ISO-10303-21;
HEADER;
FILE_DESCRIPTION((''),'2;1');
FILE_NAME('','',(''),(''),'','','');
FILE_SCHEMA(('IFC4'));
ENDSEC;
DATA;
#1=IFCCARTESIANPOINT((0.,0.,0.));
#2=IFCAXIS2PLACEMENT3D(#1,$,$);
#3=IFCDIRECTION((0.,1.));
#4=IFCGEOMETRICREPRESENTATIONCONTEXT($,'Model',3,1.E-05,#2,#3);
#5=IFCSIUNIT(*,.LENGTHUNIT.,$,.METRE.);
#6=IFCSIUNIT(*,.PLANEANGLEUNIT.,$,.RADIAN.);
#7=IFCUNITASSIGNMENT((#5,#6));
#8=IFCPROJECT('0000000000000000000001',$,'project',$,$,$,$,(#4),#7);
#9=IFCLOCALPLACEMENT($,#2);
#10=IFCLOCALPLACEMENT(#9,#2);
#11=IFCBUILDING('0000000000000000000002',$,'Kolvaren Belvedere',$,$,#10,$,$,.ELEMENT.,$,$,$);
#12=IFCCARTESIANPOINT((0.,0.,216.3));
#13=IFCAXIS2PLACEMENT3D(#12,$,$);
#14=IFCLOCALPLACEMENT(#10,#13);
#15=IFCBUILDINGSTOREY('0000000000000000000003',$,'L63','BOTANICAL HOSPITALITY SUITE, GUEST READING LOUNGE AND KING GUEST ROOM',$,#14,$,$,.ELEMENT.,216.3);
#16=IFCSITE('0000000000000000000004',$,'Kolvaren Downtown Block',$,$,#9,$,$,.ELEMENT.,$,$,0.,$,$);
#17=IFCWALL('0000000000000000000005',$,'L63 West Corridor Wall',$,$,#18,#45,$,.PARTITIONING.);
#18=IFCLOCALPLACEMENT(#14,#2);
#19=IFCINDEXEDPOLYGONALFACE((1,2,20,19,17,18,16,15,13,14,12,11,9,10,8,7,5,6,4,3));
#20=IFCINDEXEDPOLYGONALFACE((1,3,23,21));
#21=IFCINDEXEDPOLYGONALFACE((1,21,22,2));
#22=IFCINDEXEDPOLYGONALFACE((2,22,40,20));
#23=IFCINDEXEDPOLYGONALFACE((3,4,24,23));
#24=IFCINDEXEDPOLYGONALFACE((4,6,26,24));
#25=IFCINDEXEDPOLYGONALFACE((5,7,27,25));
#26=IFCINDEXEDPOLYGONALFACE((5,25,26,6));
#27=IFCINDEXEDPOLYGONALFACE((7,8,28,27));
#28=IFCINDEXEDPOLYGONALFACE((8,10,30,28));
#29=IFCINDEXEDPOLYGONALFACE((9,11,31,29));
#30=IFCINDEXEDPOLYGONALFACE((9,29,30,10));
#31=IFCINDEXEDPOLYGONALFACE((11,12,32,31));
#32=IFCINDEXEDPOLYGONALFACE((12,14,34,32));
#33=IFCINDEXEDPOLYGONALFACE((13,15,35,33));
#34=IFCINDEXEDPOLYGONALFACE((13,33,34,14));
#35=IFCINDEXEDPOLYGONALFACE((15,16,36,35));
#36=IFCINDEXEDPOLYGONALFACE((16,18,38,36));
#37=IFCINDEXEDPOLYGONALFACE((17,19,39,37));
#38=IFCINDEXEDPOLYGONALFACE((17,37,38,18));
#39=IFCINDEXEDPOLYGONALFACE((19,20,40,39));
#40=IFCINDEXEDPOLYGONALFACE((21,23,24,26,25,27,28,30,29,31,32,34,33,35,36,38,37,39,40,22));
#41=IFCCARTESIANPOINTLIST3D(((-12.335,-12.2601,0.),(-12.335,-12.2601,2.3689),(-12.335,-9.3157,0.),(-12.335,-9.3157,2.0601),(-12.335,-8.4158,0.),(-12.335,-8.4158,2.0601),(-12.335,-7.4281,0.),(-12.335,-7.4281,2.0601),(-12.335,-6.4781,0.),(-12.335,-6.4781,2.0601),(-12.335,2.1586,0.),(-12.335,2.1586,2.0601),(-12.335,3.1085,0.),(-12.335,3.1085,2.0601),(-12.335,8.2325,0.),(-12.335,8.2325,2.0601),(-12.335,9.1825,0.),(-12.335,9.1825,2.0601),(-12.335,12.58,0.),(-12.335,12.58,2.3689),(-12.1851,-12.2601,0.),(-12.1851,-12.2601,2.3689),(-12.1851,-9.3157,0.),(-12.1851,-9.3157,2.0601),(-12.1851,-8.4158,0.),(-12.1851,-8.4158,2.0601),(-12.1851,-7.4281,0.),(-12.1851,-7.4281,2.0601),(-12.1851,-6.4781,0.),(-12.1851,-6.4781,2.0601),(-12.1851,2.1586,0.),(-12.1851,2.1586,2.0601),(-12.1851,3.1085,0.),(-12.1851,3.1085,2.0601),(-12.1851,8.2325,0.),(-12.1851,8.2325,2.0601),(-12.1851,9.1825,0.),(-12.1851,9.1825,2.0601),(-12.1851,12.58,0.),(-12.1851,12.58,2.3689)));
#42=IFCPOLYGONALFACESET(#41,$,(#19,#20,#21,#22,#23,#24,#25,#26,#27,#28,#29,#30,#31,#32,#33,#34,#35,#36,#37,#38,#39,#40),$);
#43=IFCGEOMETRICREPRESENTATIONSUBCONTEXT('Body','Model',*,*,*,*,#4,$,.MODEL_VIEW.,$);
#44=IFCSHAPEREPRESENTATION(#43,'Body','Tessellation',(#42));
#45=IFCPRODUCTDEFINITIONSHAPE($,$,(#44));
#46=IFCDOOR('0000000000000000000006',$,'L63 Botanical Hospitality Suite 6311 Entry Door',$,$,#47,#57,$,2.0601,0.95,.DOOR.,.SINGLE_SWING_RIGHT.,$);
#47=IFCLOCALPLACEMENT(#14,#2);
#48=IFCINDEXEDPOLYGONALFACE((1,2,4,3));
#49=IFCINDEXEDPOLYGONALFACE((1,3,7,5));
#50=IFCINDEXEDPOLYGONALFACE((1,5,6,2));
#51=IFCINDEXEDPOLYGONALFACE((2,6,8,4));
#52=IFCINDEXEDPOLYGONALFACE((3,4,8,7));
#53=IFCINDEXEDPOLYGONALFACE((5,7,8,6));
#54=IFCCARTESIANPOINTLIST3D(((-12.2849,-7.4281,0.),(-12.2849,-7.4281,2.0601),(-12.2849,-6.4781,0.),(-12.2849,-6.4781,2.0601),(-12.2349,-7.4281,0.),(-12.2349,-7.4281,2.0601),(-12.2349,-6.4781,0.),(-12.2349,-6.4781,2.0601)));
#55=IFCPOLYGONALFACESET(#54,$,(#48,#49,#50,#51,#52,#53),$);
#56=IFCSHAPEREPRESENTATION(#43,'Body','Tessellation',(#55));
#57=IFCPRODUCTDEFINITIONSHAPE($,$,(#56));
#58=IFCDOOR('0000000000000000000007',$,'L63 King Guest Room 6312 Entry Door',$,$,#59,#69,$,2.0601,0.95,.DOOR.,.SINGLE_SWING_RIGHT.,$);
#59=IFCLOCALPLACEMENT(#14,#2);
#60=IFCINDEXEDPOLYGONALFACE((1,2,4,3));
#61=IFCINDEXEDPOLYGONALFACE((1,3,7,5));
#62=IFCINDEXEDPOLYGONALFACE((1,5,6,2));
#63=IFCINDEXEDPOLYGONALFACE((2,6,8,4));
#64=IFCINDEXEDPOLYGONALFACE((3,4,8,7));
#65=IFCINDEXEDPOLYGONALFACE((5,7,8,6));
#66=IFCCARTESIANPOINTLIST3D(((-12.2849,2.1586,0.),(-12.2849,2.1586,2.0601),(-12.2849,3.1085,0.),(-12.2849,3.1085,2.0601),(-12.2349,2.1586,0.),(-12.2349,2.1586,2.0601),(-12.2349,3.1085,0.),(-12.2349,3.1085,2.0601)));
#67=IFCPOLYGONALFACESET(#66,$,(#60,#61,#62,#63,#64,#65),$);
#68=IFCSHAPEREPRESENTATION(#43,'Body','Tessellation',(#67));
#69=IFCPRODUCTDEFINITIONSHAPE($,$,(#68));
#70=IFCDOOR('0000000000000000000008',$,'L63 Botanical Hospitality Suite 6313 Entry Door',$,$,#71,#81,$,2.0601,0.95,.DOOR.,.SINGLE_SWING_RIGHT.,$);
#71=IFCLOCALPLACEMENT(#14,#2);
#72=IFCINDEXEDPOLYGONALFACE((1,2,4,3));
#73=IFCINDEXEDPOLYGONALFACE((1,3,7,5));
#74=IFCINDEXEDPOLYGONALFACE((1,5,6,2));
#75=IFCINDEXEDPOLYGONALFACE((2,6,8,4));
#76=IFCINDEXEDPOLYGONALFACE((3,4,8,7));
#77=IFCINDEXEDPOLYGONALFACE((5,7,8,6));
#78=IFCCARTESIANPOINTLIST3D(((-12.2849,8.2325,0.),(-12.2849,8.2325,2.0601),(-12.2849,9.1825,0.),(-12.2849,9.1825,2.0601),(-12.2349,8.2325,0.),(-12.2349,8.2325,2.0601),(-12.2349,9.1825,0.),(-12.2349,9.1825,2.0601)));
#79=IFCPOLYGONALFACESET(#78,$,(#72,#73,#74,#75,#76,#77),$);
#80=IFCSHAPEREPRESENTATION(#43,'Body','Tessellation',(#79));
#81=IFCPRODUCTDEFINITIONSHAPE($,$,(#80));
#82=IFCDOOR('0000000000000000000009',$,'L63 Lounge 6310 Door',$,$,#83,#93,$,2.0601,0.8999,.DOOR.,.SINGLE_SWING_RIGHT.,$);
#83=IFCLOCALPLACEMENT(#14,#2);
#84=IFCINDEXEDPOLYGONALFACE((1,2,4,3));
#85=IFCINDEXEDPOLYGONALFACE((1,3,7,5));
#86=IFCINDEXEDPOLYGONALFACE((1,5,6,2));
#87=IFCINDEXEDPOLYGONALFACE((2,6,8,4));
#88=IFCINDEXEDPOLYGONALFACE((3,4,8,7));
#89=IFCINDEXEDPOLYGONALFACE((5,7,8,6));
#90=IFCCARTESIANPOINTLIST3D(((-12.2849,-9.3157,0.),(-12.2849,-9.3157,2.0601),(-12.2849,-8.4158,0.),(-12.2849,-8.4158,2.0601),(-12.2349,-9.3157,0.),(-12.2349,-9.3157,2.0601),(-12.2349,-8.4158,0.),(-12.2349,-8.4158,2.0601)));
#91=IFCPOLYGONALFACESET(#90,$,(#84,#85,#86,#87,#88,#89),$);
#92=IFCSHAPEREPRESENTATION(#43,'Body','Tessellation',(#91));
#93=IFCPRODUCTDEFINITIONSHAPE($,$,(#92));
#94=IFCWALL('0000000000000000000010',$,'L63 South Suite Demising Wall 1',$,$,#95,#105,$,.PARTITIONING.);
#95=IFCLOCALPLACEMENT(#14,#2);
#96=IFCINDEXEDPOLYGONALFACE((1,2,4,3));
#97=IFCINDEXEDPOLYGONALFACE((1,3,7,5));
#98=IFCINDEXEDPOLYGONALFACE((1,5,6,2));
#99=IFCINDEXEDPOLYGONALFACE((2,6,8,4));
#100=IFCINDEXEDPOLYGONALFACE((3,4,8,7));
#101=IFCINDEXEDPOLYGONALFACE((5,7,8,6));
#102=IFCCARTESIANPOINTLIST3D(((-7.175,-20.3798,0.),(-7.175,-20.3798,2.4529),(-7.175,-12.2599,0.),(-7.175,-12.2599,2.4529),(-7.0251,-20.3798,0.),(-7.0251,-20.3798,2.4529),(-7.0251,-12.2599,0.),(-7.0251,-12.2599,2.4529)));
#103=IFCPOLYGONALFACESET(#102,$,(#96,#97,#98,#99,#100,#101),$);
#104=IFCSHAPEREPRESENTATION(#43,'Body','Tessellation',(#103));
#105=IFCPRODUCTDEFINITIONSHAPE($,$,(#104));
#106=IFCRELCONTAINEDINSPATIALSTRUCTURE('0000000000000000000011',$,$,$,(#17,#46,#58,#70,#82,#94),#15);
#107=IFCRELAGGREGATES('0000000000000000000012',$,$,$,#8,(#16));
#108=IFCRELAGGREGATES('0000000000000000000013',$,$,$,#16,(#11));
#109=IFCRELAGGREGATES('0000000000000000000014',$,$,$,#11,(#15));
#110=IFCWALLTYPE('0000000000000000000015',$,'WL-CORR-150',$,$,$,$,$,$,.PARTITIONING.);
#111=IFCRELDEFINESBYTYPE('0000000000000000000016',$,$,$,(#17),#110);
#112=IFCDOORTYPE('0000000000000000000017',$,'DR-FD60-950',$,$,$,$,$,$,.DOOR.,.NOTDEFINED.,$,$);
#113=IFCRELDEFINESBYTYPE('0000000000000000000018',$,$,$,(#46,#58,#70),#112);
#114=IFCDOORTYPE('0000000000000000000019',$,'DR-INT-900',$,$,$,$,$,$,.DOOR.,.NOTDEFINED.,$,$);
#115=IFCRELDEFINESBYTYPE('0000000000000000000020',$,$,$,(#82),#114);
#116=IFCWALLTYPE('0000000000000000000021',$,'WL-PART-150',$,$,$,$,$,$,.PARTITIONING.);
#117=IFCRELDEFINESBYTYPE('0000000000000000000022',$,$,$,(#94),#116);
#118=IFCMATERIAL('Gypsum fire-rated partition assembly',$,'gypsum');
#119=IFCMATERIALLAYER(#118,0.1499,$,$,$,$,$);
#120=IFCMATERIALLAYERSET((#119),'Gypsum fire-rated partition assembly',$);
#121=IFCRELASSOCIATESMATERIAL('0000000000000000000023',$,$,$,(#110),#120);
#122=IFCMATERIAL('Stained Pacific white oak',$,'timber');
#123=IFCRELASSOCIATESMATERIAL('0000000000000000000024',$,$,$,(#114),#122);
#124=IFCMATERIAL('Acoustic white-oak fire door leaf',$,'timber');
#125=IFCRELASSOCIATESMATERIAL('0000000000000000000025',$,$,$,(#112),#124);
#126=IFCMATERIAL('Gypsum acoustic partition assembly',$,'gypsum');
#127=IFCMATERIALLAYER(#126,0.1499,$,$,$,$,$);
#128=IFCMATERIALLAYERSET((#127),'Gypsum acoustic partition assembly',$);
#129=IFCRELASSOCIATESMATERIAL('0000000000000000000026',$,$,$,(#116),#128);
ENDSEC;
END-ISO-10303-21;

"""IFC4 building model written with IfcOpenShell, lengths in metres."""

from ifc_helpers import new_model, si_unit, direction, frame, frame_2d, origin, place, context, subcontext, project, spatial, rectangle, extrude, material, layer, layer_set, type_object, element, fill, save


model = new_model("IFC4")

# Units and contexts
model_context = context("Model", 3, precision=1e-05, world=origin(), true_north=direction((0.0, 1.0)))
body_context = subcontext(model_context, "Body", "Model", "MODEL_VIEW")
ifc_project = project(units=[si_unit("LENGTHUNIT", "METRE"), si_unit("PLANEANGLEUNIT", "RADIAN")], contexts=[model_context])

# Site, building, storey
site_placement = place(None, origin())
site = spatial("IfcSite", under=ifc_project, at=site_placement, Name="Kolvaren Downtown Block", CompositionType="ELEMENT", RefElevation=0.0)
building_placement = place(site_placement, origin())
building = spatial("IfcBuilding", under=site, at=building_placement, Name="Kolvaren Belvedere", CompositionType="ELEMENT")
storey_placement = place(building_placement, frame((0.0, 0.0, 216.3)))
storey = spatial("IfcBuildingStorey", under=building, at=storey_placement, Name="L63", Description="BOTANICAL HOSPITALITY SUITE, GUEST READING LOUNGE AND KING GUEST ROOM", CompositionType="ELEMENT", Elevation=216.3)

# Wall, openings, doors
ifc_material_1 = material(Name="Gypsum fire-rated partition assembly", Category="gypsum")
ifc_layer_1 = layer(ifc_material_1, 0.1499)
ifc_layer_set_1 = layer_set([ifc_layer_1], Name="Gypsum fire-rated partition assembly")
wall_type_1 = type_object("IfcWallType", Name="WL-CORR-150", PredefinedType="PARTITIONING", material=ifc_layer_set_1)
ifc_material_2 = material(Name="Stained Pacific white oak", Category="timber")
door_type_1 = type_object("IfcDoorType", Name="DR-INT-900", OperationType="NOTDEFINED", PredefinedType="DOOR", material=ifc_material_2)
wall_1_placement = place(storey_placement, frame((-12.26, -12.26, 0.0), z_axis=(0.0, 0.0, 1.0), x_axis=(0.0, 1.0, 0.0)))
wall_1 = element("IfcWall", 1, at=wall_1_placement, inside=storey, type_object=wall_type_1, Name="L63 West Corridor Wall", PredefinedType="PARTITIONING", context=body_context, shape_type="SweptSolid", body=[
    extrude(rectangle(XDim=24.8401, YDim=0.1499, at=frame_2d((12.4199, 0.0))), origin(), (0.0, 0.0, 1.0), 2.3689),
])
opening_1_placement = place(wall_1_placement, frame((2.9443, 0.0, 0.0)))
opening_1 = element("IfcOpeningElement", 2, at=opening_1_placement, cuts=wall_1, PredefinedType="OPENING", context=body_context, shape_type="SweptSolid", body=[
    extrude(rectangle(XDim=0.8999, YDim=2.0601, at=frame_2d((0.45, 1.03))), frame((0.0, 0.085, 0.0), z_axis=(0.0, -1.0, 0.0), x_axis=(1.0, 0.0, 0.0)), (0.0, 0.0, 1.0), 0.1699),
])
opening_2_placement = place(wall_1_placement, frame((4.8318, 0.0, 0.0)))
opening_2 = element("IfcOpeningElement", 3, at=opening_2_placement, cuts=wall_1, PredefinedType="OPENING", context=body_context, shape_type="SweptSolid", body=[
    extrude(rectangle(XDim=0.95, YDim=2.0601, at=frame_2d((0.4751, 1.03))), frame((0.0, 0.085, 0.0), z_axis=(0.0, -1.0, 0.0), x_axis=(1.0, 0.0, 0.0)), (0.0, 0.0, 1.0), 0.1699),
])
opening_3_placement = place(wall_1_placement, frame((14.4185, 0.0, 0.0)))
opening_3 = element("IfcOpeningElement", 4, at=opening_3_placement, cuts=wall_1, PredefinedType="OPENING", context=body_context, shape_type="SweptSolid", body=[
    extrude(rectangle(XDim=0.95, YDim=2.0601, at=frame_2d((0.4751, 1.03))), frame((0.0, 0.085, 0.0), z_axis=(0.0, -1.0, 0.0), x_axis=(1.0, 0.0, 0.0)), (0.0, 0.0, 1.0), 0.1699),
])
opening_4_placement = place(wall_1_placement, frame((20.4924, 0.0, 0.0)))
opening_4 = element("IfcOpeningElement", 5, at=opening_4_placement, cuts=wall_1, PredefinedType="OPENING", context=body_context, shape_type="SweptSolid", body=[
    extrude(rectangle(XDim=0.95, YDim=2.0601, at=frame_2d((0.4751, 1.03))), frame((0.0, 0.085, 0.0), z_axis=(0.0, -1.0, 0.0), x_axis=(1.0, 0.0, 0.0)), (0.0, 0.0, 1.0), 0.1699),
])
ifc_material_3 = material(Name="Acoustic white-oak fire door leaf", Category="timber")
door_type_2 = type_object("IfcDoorType", Name="DR-FD60-950", OperationType="NOTDEFINED", PredefinedType="DOOR", material=ifc_material_3)
door_1_placement = place(opening_2_placement, origin())
door_1 = element("IfcDoor", 6, at=door_1_placement, inside=storey, type_object=door_type_2, Name="L63 Botanical Hospitality Suite 6311 Entry Door", OperationType="SINGLE_SWING_RIGHT", OverallHeight=2.0601, OverallWidth=0.95, PredefinedType="DOOR", context=body_context, shape_type="SweptSolid", body=[
    extrude(rectangle(XDim=0.95, YDim=2.0601, at=frame_2d((0.4751, 1.03))), frame((0.0, 0.0249, 0.0), z_axis=(0.0, -1.0, 0.0), x_axis=(1.0, 0.0, 0.0)), (0.0, 0.0, 1.0), 0.05),
])
fill(opening_2, door_1)
door_2_placement = place(opening_3_placement, origin())
door_2 = element("IfcDoor", 7, at=door_2_placement, inside=storey, type_object=door_type_2, Name="L63 King Guest Room 6312 Entry Door", OperationType="SINGLE_SWING_RIGHT", OverallHeight=2.0601, OverallWidth=0.95, PredefinedType="DOOR", context=body_context, shape_type="SweptSolid", body=[
    extrude(rectangle(XDim=0.95, YDim=2.0601, at=frame_2d((0.4751, 1.03))), frame((0.0, 0.0249, 0.0), z_axis=(0.0, -1.0, 0.0), x_axis=(1.0, 0.0, 0.0)), (0.0, 0.0, 1.0), 0.05),
])
fill(opening_3, door_2)
door_3_placement = place(opening_4_placement, origin())
door_3 = element("IfcDoor", 8, at=door_3_placement, inside=storey, type_object=door_type_2, Name="L63 Botanical Hospitality Suite 6313 Entry Door", OperationType="SINGLE_SWING_RIGHT", OverallHeight=2.0601, OverallWidth=0.95, PredefinedType="DOOR", context=body_context, shape_type="SweptSolid", body=[
    extrude(rectangle(XDim=0.95, YDim=2.0601, at=frame_2d((0.4751, 1.03))), frame((0.0, 0.0249, 0.0), z_axis=(0.0, -1.0, 0.0), x_axis=(1.0, 0.0, 0.0)), (0.0, 0.0, 1.0), 0.05),
])
fill(opening_4, door_3)
door_4_placement = place(opening_1_placement, origin())
door_4 = element("IfcDoor", 9, at=door_4_placement, inside=storey, type_object=door_type_1, Name="L63 Lounge 6310 Door", OperationType="SINGLE_SWING_RIGHT", OverallHeight=2.0601, OverallWidth=0.8999, PredefinedType="DOOR", context=body_context, shape_type="SweptSolid", body=[
    extrude(rectangle(XDim=0.8999, YDim=2.0601, at=frame_2d((0.45, 1.03))), frame((0.0, 0.0249, 0.0), z_axis=(0.0, -1.0, 0.0), x_axis=(1.0, 0.0, 0.0)), (0.0, 0.0, 1.0), 0.05),
])
fill(opening_1, door_4)

# Wall
ifc_material_4 = material(Name="Gypsum acoustic partition assembly", Category="gypsum")
ifc_layer_2 = layer(ifc_material_4, 0.1499)
ifc_layer_set_2 = layer_set([ifc_layer_2], Name="Gypsum acoustic partition assembly")
wall_type_2 = type_object("IfcWallType", Name="WL-PART-150", PredefinedType="PARTITIONING", material=ifc_layer_set_2)
wall_2_placement = place(storey_placement, frame((-7.1001, -20.3799, 0.0), z_axis=(0.0, 0.0, 1.0), x_axis=(0.0, 1.0, 0.0)))
element("IfcWall", 10, at=wall_2_placement, inside=storey, type_object=wall_type_2, Name="L63 South Suite Demising Wall 1", PredefinedType="PARTITIONING", context=body_context, shape_type="SweptSolid", body=[
    extrude(rectangle(XDim=8.1199, YDim=0.1499, at=frame_2d((4.0601, 0.0))), origin(), (0.0, 0.0, 1.0), 2.4529),
])

save(model, "model.ifc")
